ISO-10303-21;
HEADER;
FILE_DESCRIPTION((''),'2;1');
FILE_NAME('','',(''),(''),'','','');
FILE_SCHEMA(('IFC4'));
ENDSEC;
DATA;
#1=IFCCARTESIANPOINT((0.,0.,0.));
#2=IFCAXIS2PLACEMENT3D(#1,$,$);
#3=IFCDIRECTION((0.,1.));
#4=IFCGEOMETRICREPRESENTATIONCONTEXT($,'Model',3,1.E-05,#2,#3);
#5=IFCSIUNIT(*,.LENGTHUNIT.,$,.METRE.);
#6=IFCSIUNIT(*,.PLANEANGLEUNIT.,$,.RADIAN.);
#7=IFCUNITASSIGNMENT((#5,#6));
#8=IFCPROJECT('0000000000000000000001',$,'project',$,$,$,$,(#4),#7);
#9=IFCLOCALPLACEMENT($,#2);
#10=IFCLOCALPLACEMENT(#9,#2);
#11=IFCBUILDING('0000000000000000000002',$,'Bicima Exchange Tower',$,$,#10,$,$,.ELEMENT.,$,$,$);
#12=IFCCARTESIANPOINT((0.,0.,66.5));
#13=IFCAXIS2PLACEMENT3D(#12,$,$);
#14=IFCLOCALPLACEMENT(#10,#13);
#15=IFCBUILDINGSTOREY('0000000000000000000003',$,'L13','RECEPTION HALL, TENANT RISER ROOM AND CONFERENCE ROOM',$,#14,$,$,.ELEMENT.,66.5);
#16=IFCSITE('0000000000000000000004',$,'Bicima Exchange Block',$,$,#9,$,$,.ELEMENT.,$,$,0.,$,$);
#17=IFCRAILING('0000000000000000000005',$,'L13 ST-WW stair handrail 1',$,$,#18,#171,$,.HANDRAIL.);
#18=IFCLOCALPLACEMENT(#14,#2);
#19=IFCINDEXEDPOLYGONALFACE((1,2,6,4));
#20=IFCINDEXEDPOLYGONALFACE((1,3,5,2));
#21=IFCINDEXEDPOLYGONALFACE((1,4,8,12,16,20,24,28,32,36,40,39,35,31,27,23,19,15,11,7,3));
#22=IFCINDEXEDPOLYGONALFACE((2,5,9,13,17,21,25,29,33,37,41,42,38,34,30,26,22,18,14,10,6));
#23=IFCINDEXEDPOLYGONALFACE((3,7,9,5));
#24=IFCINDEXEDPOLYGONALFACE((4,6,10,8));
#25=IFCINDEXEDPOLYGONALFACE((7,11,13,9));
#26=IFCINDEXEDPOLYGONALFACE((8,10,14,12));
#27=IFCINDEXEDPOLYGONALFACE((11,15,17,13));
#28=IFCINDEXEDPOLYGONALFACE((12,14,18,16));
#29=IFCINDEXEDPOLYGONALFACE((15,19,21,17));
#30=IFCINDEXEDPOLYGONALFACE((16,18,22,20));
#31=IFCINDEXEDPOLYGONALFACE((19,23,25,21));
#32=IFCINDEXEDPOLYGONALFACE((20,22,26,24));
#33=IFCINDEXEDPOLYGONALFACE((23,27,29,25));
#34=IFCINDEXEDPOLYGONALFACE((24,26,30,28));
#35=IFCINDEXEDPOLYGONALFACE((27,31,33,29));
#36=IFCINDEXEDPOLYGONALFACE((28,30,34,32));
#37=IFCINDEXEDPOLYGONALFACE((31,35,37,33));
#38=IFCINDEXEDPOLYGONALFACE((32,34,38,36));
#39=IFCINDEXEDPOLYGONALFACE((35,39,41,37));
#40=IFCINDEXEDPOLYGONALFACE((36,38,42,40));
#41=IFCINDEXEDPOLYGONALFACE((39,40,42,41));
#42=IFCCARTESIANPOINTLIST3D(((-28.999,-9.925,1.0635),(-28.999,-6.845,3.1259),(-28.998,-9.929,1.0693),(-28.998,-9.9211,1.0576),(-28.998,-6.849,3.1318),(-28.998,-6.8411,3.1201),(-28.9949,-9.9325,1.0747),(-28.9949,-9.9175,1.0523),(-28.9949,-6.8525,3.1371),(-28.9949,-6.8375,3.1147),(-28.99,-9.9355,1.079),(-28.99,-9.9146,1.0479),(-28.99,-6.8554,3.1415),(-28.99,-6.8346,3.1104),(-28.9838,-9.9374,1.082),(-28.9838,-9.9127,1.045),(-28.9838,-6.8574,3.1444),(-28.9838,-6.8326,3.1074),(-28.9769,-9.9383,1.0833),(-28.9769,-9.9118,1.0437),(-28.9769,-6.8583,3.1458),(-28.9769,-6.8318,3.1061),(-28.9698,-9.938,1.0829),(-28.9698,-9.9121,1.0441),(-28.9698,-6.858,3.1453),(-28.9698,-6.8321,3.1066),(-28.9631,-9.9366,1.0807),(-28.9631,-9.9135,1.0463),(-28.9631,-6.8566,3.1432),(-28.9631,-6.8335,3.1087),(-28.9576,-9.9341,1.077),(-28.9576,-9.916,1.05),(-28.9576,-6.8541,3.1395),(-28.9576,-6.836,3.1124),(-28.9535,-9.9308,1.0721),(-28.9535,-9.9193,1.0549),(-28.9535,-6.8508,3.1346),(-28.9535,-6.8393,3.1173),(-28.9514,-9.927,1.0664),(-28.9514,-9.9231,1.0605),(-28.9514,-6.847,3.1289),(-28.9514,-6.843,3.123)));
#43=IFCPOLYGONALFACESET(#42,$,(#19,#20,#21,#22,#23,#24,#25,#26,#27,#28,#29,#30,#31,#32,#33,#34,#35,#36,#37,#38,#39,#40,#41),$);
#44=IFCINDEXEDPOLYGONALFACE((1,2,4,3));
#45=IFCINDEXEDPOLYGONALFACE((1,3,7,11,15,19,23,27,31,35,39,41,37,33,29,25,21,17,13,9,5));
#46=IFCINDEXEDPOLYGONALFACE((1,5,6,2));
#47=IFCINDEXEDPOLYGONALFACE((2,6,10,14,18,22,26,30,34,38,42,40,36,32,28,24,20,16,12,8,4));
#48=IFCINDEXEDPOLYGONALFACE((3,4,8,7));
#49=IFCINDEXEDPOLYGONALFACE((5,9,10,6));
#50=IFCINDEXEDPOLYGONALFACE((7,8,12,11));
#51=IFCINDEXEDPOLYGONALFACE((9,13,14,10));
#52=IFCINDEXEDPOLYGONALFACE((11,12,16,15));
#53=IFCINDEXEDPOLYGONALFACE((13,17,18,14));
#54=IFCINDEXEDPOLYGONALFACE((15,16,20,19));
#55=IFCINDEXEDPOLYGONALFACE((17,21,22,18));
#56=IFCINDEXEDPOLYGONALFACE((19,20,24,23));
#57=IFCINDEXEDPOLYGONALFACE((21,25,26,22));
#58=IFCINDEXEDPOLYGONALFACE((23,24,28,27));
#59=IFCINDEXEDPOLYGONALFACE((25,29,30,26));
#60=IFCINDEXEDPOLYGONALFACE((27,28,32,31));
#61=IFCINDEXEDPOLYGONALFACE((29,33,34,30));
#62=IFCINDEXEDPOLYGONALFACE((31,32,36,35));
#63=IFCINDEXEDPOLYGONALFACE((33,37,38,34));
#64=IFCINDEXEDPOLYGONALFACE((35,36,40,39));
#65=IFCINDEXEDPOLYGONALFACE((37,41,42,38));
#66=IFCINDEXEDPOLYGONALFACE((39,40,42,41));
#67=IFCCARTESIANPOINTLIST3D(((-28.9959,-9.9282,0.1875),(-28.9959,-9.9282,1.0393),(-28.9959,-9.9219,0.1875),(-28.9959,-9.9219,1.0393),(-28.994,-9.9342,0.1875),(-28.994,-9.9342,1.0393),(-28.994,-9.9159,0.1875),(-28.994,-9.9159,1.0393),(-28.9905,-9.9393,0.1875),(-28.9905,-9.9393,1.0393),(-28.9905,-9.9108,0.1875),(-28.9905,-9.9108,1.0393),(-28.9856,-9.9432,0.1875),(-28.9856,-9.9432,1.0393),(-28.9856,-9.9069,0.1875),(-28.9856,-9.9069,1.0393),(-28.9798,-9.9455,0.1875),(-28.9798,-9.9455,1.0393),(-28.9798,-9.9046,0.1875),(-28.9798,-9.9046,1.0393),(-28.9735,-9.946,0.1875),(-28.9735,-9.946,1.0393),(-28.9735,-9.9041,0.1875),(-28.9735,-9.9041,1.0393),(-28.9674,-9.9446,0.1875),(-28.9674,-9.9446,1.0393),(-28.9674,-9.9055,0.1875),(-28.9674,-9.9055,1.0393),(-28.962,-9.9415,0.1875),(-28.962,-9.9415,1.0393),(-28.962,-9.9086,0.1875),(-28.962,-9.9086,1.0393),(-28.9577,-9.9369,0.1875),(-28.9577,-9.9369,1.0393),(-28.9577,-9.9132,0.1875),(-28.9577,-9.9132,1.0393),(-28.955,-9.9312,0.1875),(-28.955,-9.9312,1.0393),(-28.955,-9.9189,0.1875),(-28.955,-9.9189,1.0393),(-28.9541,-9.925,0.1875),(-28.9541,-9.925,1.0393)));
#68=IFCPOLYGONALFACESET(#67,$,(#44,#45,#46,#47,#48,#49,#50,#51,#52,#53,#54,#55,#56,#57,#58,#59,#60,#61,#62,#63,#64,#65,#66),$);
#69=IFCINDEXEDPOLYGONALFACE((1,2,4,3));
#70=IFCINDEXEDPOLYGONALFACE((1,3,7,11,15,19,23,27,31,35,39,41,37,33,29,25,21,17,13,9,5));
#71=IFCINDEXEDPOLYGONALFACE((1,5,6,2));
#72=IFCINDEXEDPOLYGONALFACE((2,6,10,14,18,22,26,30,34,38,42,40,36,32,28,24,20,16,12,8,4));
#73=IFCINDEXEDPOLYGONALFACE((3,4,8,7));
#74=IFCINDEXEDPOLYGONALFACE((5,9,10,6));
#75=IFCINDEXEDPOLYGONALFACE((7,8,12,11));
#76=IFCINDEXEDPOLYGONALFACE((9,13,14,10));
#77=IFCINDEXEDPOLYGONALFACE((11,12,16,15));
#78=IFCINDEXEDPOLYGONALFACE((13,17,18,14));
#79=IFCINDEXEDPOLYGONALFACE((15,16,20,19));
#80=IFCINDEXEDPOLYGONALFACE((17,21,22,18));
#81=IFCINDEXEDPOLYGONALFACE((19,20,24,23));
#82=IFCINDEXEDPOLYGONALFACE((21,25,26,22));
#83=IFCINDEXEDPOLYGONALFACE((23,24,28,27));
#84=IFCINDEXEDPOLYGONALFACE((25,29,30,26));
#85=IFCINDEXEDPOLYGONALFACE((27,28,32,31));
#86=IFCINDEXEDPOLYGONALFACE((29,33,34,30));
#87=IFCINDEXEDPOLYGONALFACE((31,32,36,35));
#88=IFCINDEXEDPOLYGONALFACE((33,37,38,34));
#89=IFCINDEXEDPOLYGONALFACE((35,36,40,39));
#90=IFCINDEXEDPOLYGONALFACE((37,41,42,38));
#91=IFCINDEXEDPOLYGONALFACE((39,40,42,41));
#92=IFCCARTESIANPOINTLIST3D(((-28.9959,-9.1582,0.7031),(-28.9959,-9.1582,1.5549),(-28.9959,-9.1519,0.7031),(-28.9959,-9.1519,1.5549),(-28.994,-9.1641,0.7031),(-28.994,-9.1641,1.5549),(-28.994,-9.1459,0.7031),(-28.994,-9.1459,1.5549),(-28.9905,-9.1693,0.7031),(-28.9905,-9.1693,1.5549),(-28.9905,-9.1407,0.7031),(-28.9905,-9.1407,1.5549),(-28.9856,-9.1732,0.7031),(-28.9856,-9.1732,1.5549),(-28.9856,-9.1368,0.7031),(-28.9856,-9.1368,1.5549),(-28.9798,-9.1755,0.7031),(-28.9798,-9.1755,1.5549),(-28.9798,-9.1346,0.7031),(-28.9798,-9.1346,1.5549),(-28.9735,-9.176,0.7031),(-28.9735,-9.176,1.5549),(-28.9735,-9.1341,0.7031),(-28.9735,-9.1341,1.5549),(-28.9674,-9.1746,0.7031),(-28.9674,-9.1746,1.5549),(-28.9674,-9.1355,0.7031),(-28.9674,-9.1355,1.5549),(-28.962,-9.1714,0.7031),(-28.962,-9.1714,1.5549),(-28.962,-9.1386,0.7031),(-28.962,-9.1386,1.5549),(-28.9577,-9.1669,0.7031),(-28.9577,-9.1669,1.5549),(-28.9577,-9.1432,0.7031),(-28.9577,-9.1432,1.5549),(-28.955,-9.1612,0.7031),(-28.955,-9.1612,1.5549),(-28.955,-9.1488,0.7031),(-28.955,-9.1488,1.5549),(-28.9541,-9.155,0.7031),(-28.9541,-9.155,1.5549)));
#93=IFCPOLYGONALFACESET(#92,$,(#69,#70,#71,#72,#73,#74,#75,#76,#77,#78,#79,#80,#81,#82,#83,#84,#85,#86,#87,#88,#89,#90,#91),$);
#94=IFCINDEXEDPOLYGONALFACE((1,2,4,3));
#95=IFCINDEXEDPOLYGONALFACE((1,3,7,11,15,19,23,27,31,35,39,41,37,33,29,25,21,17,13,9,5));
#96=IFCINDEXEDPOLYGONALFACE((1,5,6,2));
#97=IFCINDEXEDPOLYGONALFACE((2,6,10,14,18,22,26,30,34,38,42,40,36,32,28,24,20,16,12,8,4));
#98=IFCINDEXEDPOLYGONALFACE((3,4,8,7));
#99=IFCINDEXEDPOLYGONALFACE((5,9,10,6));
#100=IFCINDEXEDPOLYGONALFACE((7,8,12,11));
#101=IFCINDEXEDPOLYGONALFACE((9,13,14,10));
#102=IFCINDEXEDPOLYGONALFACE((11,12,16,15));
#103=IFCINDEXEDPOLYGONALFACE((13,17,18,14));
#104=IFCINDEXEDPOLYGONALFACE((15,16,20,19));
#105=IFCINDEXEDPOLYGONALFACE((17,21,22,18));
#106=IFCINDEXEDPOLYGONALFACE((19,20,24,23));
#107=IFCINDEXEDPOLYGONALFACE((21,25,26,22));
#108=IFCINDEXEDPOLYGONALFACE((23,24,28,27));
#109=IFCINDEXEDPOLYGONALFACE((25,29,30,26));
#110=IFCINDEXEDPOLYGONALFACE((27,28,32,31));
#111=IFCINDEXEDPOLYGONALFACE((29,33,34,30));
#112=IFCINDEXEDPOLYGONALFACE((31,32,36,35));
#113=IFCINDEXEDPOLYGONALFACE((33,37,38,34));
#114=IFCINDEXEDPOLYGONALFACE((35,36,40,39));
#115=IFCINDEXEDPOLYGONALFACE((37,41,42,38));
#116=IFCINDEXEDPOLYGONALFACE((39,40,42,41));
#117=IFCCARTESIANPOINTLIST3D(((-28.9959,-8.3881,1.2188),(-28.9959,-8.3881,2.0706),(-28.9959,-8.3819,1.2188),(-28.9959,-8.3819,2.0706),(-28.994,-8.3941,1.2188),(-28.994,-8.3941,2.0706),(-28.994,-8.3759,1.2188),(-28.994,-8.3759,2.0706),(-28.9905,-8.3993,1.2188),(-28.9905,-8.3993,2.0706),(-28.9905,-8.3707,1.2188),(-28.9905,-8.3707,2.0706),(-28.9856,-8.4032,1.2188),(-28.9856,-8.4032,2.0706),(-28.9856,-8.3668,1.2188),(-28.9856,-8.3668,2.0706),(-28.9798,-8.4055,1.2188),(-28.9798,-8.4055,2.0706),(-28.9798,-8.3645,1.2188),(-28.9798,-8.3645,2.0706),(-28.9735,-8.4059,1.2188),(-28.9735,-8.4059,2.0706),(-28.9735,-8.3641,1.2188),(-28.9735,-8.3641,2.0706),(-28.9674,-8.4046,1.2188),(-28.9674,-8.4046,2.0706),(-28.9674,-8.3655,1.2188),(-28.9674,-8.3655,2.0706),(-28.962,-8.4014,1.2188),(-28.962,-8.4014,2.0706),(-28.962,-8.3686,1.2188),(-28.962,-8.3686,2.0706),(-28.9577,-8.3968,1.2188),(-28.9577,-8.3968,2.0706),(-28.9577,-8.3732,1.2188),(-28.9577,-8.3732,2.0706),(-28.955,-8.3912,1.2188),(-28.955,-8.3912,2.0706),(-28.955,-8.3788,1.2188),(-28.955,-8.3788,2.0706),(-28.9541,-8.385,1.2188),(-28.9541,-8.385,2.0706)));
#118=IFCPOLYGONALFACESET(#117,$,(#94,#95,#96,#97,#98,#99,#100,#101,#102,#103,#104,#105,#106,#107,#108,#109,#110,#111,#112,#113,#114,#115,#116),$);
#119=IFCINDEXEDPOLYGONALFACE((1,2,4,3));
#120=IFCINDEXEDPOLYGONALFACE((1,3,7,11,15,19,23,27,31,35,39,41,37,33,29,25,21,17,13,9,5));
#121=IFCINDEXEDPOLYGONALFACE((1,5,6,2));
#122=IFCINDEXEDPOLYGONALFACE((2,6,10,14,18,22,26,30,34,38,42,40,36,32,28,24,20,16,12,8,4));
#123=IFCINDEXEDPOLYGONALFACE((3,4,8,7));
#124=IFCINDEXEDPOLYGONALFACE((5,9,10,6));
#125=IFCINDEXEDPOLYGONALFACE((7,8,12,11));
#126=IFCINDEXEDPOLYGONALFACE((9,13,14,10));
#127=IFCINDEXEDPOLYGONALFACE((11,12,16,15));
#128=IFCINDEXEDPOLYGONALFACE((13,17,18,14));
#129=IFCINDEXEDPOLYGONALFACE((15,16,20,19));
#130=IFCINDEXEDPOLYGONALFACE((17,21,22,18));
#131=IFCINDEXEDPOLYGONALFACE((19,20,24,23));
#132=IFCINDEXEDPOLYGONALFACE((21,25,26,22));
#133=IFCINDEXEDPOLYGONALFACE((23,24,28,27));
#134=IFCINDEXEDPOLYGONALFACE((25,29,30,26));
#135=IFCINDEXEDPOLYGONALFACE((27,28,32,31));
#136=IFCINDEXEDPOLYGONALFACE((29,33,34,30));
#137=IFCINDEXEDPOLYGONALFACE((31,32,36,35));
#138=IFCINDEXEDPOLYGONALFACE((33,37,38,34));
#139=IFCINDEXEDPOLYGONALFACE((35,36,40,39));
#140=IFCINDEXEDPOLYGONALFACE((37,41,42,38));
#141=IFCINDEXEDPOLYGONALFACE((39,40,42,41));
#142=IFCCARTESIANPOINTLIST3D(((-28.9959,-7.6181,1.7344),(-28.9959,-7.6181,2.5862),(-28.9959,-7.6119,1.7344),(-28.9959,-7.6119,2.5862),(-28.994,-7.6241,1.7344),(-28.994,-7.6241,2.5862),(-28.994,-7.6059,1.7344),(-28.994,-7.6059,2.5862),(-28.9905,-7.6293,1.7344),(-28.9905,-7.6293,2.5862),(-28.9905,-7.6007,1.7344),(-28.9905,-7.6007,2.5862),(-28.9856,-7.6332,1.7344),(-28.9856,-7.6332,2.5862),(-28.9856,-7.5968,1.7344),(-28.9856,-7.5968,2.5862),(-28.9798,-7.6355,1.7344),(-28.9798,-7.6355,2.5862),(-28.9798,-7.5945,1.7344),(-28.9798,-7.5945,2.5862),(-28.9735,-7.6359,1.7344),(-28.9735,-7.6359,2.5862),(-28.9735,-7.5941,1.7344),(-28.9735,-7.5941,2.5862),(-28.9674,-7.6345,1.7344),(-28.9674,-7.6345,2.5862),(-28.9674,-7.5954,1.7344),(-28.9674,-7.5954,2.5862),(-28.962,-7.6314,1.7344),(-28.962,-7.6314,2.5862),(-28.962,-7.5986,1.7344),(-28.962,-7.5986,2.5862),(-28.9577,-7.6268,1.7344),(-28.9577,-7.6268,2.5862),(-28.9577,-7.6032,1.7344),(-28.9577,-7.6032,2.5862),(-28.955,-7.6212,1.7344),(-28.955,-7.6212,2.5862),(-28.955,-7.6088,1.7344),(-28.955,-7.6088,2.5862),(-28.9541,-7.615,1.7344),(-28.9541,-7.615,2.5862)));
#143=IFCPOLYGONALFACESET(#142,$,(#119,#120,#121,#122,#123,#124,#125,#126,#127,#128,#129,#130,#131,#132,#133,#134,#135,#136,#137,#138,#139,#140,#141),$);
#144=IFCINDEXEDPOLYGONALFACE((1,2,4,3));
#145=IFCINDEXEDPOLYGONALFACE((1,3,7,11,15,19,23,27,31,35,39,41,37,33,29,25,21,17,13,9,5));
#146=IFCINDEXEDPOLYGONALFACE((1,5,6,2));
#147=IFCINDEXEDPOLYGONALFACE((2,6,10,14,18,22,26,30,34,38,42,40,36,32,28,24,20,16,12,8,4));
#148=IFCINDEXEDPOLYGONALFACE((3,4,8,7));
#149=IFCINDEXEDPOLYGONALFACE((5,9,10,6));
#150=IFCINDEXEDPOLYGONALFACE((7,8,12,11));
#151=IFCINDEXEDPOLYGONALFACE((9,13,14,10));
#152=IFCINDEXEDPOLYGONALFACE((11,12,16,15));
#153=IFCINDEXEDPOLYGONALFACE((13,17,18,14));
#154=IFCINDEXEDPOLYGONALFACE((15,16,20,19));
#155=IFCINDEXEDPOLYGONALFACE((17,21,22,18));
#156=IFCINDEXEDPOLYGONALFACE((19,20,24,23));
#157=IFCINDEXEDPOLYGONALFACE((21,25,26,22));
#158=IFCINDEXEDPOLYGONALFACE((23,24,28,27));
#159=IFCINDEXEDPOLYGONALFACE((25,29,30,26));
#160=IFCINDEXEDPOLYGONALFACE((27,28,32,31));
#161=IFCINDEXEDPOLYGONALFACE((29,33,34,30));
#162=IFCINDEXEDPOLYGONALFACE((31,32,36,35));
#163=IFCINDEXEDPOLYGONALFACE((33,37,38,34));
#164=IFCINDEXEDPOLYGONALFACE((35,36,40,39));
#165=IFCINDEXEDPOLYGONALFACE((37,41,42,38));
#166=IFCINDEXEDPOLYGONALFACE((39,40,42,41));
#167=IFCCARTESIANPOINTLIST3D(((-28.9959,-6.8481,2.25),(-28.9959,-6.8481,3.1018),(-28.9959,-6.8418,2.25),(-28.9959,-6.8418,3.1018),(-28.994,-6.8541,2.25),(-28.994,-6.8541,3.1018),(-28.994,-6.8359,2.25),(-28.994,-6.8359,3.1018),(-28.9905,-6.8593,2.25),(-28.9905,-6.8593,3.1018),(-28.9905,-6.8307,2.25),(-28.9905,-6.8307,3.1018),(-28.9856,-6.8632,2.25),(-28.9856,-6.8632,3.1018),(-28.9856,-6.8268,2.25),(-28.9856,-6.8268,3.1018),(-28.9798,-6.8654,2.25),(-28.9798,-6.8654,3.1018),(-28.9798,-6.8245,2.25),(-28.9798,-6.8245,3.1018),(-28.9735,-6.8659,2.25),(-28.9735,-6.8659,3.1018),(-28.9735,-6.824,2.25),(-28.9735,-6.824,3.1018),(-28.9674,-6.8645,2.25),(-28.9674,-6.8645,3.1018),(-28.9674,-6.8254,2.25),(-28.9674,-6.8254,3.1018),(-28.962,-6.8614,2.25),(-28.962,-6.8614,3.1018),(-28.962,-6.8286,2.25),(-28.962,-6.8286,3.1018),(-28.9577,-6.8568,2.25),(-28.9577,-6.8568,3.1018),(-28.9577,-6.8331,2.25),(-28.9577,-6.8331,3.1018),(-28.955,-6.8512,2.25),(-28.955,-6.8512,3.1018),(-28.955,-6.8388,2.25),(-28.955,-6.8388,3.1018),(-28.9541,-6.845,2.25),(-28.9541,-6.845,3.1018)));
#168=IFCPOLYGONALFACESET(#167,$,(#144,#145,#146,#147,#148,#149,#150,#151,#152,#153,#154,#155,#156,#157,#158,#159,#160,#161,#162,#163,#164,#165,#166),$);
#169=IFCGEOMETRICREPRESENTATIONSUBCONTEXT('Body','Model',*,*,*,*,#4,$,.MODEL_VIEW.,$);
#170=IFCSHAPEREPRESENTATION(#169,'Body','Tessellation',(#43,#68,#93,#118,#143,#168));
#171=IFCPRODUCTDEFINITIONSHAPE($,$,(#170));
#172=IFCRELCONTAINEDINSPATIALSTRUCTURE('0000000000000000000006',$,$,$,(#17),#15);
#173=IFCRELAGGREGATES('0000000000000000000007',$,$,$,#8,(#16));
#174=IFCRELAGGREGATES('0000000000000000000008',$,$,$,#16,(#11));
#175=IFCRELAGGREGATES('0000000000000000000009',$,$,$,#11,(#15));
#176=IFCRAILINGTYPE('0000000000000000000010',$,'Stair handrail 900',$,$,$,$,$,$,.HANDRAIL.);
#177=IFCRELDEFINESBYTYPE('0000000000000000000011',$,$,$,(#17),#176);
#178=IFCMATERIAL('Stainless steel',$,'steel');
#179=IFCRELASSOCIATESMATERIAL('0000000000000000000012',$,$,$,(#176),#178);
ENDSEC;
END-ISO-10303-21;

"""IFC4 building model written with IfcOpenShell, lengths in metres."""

from ifc_helpers import new_model, si_unit, direction, frame, origin, origin_2d, place, context, subcontext, project, spatial, circle, extrude, material, type_object, element, save


model = new_model("IFC4")

# Units and contexts
model_context = context("Model", 3, precision=1e-05, world=origin(), true_north=direction((0.0, 1.0)))
body_context = subcontext(model_context, "Body", "Model", "MODEL_VIEW")
ifc_project = project(units=[si_unit("LENGTHUNIT", "METRE"), si_unit("PLANEANGLEUNIT", "RADIAN")], contexts=[model_context])

# Site, building, storey
site_placement = place(None, origin())
site = spatial("IfcSite", under=ifc_project, at=site_placement, Name="Bicima Exchange Block", CompositionType="ELEMENT", RefElevation=0.0)
building_placement = place(site_placement, origin())
building = spatial("IfcBuilding", under=site, at=building_placement, Name="Bicima Exchange Tower", CompositionType="ELEMENT")
storey_placement = place(building_placement, frame((0.0, 0.0, 66.5)))
storey = spatial("IfcBuildingStorey", under=building, at=storey_placement, Name="L13", Description="RECEPTION HALL, TENANT RISER ROOM AND CONFERENCE ROOM", CompositionType="ELEMENT", Elevation=66.5)

# Railing
ifc_material_1 = material(Name="Stainless steel", Category="steel")
railing_type_1 = type_object("IfcRailingType", Name="Stair handrail 900", PredefinedType="HANDRAIL", material=ifc_material_1)
railing_1_placement = place(storey_placement, frame((-28.9751, -9.925, 0.1875)))
element("IfcRailing", 1, at=railing_1_placement, inside=storey, type_object=railing_type_1, Name="L13 ST-WW stair handrail 1", PredefinedType="HANDRAIL", context=body_context, shape_type="SweptSolid", body=[
    extrude(circle(Radius=0.0239, at=origin_2d()), frame((0.0, 0.0, 0.876), z_axis=(0.0, 0.830914, 0.556401), x_axis=(-1.0, 0.0, 0.0)), (0.0, 0.0, 1.0), 3.7068),
    extrude(circle(Radius=0.021, at=origin_2d()), origin(), (0.0, 0.0, 1.0), 0.8518),
    extrude(circle(Radius=0.021, at=origin_2d()), frame((0.0, 0.77, 0.5156)), (0.0, 0.0, 1.0), 0.8518),
    extrude(circle(Radius=0.021, at=origin_2d()), frame((0.0, 1.54, 1.0312)), (0.0, 0.0, 1.0), 0.8518),
    extrude(circle(Radius=0.021, at=origin_2d()), frame((0.0, 2.3101, 1.5469)), (0.0, 0.0, 1.0), 0.8518),
    extrude(circle(Radius=0.021, at=origin_2d()), frame((0.0, 3.0801, 2.0625)), (0.0, 0.0, 1.0), 0.8518),
])

save(model, "model.ifc")
